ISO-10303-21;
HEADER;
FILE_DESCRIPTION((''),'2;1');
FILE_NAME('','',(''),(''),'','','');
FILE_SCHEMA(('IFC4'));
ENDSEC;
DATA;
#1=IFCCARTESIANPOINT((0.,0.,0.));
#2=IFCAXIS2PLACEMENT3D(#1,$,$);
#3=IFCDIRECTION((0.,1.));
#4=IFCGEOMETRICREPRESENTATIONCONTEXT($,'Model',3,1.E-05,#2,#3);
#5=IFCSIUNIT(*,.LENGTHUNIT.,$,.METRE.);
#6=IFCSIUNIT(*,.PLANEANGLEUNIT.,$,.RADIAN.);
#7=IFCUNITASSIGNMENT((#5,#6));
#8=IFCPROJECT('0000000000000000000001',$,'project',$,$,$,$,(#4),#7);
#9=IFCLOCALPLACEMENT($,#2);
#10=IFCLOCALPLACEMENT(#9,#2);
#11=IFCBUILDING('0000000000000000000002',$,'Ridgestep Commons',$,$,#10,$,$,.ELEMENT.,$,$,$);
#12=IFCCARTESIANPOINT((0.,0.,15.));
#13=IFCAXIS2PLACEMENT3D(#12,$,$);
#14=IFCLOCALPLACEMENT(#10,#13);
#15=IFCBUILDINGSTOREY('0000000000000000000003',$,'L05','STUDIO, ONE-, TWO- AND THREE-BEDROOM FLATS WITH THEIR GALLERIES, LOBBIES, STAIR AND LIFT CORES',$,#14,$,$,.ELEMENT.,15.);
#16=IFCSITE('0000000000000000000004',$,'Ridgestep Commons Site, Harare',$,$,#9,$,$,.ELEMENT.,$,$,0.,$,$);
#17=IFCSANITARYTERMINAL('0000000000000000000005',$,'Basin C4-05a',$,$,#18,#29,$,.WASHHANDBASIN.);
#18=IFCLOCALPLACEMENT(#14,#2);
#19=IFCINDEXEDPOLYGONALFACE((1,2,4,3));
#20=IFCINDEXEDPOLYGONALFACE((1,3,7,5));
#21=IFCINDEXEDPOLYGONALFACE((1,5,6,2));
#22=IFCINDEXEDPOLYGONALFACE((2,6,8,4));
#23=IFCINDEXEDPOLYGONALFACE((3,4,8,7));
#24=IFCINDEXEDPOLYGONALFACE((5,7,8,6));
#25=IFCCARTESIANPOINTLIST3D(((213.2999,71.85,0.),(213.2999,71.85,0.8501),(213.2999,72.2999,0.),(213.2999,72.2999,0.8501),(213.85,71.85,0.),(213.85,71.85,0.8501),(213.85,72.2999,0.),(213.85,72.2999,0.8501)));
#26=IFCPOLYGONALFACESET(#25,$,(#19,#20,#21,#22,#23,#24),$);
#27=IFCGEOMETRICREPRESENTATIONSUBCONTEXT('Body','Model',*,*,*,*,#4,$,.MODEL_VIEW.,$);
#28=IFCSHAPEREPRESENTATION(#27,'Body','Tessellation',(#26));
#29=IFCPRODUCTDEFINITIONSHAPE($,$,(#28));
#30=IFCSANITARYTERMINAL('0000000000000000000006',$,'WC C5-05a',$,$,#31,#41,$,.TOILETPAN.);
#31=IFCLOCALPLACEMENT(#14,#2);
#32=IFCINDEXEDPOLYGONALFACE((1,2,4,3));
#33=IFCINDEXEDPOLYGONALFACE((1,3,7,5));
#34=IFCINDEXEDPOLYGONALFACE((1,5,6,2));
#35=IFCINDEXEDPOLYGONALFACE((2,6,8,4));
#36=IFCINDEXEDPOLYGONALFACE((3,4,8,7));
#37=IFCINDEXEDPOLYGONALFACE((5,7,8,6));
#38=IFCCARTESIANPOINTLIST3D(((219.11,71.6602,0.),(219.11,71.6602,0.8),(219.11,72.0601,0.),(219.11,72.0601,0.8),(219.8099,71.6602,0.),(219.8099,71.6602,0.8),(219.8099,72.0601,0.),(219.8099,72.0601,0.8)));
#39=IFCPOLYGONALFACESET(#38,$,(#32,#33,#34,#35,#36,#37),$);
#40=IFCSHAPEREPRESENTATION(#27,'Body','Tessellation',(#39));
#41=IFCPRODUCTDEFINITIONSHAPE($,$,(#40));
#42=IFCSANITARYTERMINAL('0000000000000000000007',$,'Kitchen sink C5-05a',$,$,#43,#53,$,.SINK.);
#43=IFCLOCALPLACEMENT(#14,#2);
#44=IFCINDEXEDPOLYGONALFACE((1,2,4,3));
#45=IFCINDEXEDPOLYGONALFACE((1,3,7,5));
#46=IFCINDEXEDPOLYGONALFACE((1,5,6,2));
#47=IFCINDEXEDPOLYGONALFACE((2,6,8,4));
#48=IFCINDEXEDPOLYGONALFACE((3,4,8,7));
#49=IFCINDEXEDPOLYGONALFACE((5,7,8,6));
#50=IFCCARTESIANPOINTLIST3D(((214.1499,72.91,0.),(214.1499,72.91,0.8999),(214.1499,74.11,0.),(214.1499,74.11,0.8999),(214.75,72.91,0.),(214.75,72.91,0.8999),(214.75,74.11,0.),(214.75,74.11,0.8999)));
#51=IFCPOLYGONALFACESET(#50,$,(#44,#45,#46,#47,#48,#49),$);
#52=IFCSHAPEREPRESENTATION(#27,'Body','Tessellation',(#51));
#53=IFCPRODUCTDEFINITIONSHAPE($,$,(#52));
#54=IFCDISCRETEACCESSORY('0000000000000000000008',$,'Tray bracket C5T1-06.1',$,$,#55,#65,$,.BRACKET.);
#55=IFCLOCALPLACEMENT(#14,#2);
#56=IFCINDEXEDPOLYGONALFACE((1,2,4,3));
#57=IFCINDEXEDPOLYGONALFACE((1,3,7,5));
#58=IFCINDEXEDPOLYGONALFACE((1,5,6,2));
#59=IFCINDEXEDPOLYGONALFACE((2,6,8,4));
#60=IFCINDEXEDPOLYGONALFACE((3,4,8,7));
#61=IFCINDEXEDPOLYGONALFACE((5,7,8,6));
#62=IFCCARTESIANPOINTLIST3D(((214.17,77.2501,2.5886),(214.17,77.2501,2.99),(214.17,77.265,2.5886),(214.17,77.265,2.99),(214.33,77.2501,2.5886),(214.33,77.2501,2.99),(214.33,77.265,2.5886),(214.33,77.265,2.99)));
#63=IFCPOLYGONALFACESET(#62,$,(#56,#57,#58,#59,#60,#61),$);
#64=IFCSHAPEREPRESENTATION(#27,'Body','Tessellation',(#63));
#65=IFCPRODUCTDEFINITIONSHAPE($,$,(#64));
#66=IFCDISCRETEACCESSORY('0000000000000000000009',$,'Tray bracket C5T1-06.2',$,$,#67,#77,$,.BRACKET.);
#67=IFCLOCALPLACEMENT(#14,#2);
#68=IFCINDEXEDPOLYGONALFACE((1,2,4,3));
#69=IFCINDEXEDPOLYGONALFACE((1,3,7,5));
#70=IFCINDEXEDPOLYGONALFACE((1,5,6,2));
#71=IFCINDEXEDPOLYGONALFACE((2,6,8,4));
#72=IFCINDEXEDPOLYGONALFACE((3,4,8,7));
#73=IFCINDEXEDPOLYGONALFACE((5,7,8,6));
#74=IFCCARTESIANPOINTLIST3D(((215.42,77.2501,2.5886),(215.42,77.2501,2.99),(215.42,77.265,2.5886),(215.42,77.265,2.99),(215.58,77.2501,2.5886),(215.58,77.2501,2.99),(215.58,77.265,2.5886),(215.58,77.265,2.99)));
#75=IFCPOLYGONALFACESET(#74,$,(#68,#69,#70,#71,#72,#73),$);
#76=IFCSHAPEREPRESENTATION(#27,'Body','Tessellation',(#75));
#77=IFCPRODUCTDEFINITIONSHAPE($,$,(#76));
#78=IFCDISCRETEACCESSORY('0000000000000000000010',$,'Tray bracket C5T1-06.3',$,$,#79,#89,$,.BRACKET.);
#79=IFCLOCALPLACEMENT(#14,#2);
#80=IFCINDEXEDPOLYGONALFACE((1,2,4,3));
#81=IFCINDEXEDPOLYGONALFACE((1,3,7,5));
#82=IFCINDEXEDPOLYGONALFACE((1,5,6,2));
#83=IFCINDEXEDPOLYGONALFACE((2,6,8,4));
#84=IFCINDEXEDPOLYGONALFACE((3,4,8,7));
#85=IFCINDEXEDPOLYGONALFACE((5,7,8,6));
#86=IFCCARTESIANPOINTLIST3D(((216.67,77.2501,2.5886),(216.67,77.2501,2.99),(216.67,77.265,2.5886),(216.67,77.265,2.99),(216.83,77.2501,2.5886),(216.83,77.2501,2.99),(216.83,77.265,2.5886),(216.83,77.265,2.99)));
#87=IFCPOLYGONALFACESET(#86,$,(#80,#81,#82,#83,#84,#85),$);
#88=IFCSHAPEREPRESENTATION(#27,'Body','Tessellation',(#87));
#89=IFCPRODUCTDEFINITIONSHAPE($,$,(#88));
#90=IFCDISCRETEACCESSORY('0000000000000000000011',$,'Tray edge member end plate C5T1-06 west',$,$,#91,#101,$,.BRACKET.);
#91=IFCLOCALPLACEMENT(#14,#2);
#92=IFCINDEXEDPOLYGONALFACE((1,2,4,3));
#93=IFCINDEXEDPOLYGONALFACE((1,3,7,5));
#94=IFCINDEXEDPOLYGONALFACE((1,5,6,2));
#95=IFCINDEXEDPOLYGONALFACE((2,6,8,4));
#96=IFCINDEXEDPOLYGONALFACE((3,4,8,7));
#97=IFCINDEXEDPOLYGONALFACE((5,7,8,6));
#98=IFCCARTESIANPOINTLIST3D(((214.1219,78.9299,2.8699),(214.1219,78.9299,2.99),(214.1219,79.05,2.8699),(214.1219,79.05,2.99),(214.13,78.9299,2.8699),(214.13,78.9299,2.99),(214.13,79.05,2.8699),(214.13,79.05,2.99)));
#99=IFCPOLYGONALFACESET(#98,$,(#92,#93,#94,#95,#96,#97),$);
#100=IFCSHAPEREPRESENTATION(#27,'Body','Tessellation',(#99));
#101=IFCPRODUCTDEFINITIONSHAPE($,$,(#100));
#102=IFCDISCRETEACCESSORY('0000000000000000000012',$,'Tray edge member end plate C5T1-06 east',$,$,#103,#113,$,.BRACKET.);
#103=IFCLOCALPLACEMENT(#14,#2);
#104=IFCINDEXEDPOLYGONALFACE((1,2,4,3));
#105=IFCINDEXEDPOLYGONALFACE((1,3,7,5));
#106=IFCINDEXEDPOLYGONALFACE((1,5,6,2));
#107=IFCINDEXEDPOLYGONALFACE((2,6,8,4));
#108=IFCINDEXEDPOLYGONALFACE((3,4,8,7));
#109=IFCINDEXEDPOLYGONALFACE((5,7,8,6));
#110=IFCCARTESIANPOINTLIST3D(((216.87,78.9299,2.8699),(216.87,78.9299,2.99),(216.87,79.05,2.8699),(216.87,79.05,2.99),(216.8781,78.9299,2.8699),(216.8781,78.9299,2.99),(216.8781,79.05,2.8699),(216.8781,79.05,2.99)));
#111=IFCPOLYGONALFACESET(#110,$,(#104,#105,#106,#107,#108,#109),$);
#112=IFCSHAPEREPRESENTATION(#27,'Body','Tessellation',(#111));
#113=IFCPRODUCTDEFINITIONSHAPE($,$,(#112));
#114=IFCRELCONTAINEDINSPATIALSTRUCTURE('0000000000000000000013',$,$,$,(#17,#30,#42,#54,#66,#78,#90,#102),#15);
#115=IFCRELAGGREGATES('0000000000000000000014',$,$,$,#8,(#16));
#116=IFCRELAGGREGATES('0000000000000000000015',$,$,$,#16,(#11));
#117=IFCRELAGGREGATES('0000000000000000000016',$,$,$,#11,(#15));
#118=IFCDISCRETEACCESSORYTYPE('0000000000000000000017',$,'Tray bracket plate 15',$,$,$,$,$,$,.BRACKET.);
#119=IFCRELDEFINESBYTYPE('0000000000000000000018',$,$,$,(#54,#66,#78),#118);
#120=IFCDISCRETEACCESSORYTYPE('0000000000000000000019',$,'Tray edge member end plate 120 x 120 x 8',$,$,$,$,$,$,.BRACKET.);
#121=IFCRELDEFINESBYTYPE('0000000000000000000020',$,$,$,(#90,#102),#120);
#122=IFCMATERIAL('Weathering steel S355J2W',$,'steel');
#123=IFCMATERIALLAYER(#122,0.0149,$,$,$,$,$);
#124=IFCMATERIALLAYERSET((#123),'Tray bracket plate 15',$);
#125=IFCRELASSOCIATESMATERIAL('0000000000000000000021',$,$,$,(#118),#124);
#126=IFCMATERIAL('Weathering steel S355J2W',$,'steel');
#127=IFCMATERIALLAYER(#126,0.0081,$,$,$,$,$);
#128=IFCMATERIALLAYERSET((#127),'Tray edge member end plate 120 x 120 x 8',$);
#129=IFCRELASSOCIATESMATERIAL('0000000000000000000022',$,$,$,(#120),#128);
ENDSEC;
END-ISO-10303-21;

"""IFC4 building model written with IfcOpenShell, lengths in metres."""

from ifc_helpers import new_model, si_unit, direction, frame, origin, origin_2d, place, context, subcontext, project, spatial, rectangle, extrude, material, layer, layer_set, type_object, element, save


model = new_model("IFC4")

# Units and contexts
model_context = context("Model", 3, precision=1e-05, world=origin(), true_north=direction((0.0, 1.0)))
body_context = subcontext(model_context, "Body", "Model", "MODEL_VIEW")
ifc_project = project(units=[si_unit("LENGTHUNIT", "METRE"), si_unit("PLANEANGLEUNIT", "RADIAN")], contexts=[model_context])

# Site, building, storey
site_placement = place(None, origin())
site = spatial("IfcSite", under=ifc_project, at=site_placement, Name="Ridgestep Commons Site, Harare", CompositionType="ELEMENT", RefElevation=0.0)
building_placement = place(site_placement, origin())
building = spatial("IfcBuilding", under=site, at=building_placement, Name="Ridgestep Commons", CompositionType="ELEMENT")
storey_placement = place(building_placement, frame((0.0, 0.0, 15.0)))
storey = spatial("IfcBuildingStorey", under=building, at=storey_placement, Name="L05", Description="STUDIO, ONE-, TWO- AND THREE-BEDROOM FLATS WITH THEIR GALLERIES, LOBBIES, STAIR AND LIFT CORES", CompositionType="ELEMENT", Elevation=15.0)

# Sanitary terminals
sanitary_terminal_1_placement = place(storey_placement, frame((213.575, 72.075, 0.0), z_axis=(0.0, 0.0, 1.0), x_axis=(1.0, 0.0, 0.0)))
element("IfcSanitaryTerminal", 1, at=sanitary_terminal_1_placement, inside=storey, Name="Basin C4-05a", PredefinedType="WASHHANDBASIN", context=body_context, shape_type="SweptSolid", body=[
    extrude(rectangle(XDim=0.55, YDim=0.45, at=origin_2d()), origin(), (0.0, 0.0, 1.0), 0.8501),
])
sanitary_terminal_2_placement = place(storey_placement, frame((219.46, 71.8601, 0.0), z_axis=(0.0, 0.0, 1.0), x_axis=(1.0, 0.0, 0.0)))
element("IfcSanitaryTerminal", 2, at=sanitary_terminal_2_placement, inside=storey, Name="WC C5-05a", PredefinedType="TOILETPAN", context=body_context, shape_type="SweptSolid", body=[
    extrude(rectangle(XDim=0.7, YDim=0.3999, at=origin_2d()), origin(), (0.0, 0.0, 1.0), 0.8),
])
sanitary_terminal_3_placement = place(storey_placement, frame((214.45, 73.51, 0.0), z_axis=(0.0, 0.0, 1.0), x_axis=(1.0, 0.0, 0.0)))
element("IfcSanitaryTerminal", 3, at=sanitary_terminal_3_placement, inside=storey, Name="Kitchen sink C5-05a", PredefinedType="SINK", context=body_context, shape_type="SweptSolid", body=[
    extrude(rectangle(XDim=0.6001, YDim=1.2, at=origin_2d()), origin(), (0.0, 0.0, 1.0), 0.8999),
])

# Discrete accessories
ifc_material_1 = material(Name="Weathering steel S355J2W", Category="steel")
ifc_layer_1 = layer(ifc_material_1, 0.0149)
ifc_layer_set_1 = layer_set([ifc_layer_1], Name="Tray bracket plate 15")
discrete_accessory_type_1 = type_object("IfcDiscreteAccessoryType", Name="Tray bracket plate 15", PredefinedType="BRACKET", material=ifc_layer_set_1)
for number, where, z_axis, x_axis, name in (
    (4, (214.25, 77.2576, 2.5886), (0.0, 0.0, 1.0), (1.0, 0.0, 0.0), "Tray bracket C5T1-06.1"),
    (5, (215.5, 77.2576, 2.5886), (0.0, 0.0, 1.0), (1.0, 0.0, 0.0), "Tray bracket C5T1-06.2"),
    (6, (216.75, 77.2576, 2.5886), (0.0, 0.0, 1.0), (1.0, 0.0, 0.0), "Tray bracket C5T1-06.3"),
):
    element("IfcDiscreteAccessory", number, at=place(storey_placement, frame(where, z_axis=z_axis, x_axis=x_axis)), inside=storey, type_object=discrete_accessory_type_1, Name=name, PredefinedType="BRACKET", context=body_context, shape_type="SweptSolid", body=[
        extrude(rectangle(XDim=0.1599, YDim=0.0149, at=origin_2d()), origin(), (0.0, 0.0, 1.0), 0.4014),
    ])
ifc_material_2 = material(Name="Weathering steel S355J2W", Category="steel")
ifc_layer_2 = layer(ifc_material_2, 0.0081)
ifc_layer_set_2 = layer_set([ifc_layer_2], Name="Tray edge member end plate 120 x 120 x 8")
discrete_accessory_type_2 = type_object("IfcDiscreteAccessoryType", Name="Tray edge member end plate 120 x 120 x 8", PredefinedType="BRACKET", material=ifc_layer_set_2)
for number, where, z_axis, x_axis, name in (
    (7, (214.126, 78.99, 2.8699), (0.0, 0.0, 1.0), (1.0, 0.0, 0.0), "Tray edge member end plate C5T1-06 west"),
    (8, (216.874, 78.99, 2.8699), (0.0, 0.0, 1.0), (1.0, 0.0, 0.0), "Tray edge member end plate C5T1-06 east"),
):
    element("IfcDiscreteAccessory", number, at=place(storey_placement, frame(where, z_axis=z_axis, x_axis=x_axis)), inside=storey, type_object=discrete_accessory_type_2, Name=name, PredefinedType="BRACKET", context=body_context, shape_type="SweptSolid", body=[
        extrude(rectangle(XDim=0.0081, YDim=0.1201, at=origin_2d()), origin(), (0.0, 0.0, 1.0), 0.1201),
    ])

save(model, "model.ifc")
